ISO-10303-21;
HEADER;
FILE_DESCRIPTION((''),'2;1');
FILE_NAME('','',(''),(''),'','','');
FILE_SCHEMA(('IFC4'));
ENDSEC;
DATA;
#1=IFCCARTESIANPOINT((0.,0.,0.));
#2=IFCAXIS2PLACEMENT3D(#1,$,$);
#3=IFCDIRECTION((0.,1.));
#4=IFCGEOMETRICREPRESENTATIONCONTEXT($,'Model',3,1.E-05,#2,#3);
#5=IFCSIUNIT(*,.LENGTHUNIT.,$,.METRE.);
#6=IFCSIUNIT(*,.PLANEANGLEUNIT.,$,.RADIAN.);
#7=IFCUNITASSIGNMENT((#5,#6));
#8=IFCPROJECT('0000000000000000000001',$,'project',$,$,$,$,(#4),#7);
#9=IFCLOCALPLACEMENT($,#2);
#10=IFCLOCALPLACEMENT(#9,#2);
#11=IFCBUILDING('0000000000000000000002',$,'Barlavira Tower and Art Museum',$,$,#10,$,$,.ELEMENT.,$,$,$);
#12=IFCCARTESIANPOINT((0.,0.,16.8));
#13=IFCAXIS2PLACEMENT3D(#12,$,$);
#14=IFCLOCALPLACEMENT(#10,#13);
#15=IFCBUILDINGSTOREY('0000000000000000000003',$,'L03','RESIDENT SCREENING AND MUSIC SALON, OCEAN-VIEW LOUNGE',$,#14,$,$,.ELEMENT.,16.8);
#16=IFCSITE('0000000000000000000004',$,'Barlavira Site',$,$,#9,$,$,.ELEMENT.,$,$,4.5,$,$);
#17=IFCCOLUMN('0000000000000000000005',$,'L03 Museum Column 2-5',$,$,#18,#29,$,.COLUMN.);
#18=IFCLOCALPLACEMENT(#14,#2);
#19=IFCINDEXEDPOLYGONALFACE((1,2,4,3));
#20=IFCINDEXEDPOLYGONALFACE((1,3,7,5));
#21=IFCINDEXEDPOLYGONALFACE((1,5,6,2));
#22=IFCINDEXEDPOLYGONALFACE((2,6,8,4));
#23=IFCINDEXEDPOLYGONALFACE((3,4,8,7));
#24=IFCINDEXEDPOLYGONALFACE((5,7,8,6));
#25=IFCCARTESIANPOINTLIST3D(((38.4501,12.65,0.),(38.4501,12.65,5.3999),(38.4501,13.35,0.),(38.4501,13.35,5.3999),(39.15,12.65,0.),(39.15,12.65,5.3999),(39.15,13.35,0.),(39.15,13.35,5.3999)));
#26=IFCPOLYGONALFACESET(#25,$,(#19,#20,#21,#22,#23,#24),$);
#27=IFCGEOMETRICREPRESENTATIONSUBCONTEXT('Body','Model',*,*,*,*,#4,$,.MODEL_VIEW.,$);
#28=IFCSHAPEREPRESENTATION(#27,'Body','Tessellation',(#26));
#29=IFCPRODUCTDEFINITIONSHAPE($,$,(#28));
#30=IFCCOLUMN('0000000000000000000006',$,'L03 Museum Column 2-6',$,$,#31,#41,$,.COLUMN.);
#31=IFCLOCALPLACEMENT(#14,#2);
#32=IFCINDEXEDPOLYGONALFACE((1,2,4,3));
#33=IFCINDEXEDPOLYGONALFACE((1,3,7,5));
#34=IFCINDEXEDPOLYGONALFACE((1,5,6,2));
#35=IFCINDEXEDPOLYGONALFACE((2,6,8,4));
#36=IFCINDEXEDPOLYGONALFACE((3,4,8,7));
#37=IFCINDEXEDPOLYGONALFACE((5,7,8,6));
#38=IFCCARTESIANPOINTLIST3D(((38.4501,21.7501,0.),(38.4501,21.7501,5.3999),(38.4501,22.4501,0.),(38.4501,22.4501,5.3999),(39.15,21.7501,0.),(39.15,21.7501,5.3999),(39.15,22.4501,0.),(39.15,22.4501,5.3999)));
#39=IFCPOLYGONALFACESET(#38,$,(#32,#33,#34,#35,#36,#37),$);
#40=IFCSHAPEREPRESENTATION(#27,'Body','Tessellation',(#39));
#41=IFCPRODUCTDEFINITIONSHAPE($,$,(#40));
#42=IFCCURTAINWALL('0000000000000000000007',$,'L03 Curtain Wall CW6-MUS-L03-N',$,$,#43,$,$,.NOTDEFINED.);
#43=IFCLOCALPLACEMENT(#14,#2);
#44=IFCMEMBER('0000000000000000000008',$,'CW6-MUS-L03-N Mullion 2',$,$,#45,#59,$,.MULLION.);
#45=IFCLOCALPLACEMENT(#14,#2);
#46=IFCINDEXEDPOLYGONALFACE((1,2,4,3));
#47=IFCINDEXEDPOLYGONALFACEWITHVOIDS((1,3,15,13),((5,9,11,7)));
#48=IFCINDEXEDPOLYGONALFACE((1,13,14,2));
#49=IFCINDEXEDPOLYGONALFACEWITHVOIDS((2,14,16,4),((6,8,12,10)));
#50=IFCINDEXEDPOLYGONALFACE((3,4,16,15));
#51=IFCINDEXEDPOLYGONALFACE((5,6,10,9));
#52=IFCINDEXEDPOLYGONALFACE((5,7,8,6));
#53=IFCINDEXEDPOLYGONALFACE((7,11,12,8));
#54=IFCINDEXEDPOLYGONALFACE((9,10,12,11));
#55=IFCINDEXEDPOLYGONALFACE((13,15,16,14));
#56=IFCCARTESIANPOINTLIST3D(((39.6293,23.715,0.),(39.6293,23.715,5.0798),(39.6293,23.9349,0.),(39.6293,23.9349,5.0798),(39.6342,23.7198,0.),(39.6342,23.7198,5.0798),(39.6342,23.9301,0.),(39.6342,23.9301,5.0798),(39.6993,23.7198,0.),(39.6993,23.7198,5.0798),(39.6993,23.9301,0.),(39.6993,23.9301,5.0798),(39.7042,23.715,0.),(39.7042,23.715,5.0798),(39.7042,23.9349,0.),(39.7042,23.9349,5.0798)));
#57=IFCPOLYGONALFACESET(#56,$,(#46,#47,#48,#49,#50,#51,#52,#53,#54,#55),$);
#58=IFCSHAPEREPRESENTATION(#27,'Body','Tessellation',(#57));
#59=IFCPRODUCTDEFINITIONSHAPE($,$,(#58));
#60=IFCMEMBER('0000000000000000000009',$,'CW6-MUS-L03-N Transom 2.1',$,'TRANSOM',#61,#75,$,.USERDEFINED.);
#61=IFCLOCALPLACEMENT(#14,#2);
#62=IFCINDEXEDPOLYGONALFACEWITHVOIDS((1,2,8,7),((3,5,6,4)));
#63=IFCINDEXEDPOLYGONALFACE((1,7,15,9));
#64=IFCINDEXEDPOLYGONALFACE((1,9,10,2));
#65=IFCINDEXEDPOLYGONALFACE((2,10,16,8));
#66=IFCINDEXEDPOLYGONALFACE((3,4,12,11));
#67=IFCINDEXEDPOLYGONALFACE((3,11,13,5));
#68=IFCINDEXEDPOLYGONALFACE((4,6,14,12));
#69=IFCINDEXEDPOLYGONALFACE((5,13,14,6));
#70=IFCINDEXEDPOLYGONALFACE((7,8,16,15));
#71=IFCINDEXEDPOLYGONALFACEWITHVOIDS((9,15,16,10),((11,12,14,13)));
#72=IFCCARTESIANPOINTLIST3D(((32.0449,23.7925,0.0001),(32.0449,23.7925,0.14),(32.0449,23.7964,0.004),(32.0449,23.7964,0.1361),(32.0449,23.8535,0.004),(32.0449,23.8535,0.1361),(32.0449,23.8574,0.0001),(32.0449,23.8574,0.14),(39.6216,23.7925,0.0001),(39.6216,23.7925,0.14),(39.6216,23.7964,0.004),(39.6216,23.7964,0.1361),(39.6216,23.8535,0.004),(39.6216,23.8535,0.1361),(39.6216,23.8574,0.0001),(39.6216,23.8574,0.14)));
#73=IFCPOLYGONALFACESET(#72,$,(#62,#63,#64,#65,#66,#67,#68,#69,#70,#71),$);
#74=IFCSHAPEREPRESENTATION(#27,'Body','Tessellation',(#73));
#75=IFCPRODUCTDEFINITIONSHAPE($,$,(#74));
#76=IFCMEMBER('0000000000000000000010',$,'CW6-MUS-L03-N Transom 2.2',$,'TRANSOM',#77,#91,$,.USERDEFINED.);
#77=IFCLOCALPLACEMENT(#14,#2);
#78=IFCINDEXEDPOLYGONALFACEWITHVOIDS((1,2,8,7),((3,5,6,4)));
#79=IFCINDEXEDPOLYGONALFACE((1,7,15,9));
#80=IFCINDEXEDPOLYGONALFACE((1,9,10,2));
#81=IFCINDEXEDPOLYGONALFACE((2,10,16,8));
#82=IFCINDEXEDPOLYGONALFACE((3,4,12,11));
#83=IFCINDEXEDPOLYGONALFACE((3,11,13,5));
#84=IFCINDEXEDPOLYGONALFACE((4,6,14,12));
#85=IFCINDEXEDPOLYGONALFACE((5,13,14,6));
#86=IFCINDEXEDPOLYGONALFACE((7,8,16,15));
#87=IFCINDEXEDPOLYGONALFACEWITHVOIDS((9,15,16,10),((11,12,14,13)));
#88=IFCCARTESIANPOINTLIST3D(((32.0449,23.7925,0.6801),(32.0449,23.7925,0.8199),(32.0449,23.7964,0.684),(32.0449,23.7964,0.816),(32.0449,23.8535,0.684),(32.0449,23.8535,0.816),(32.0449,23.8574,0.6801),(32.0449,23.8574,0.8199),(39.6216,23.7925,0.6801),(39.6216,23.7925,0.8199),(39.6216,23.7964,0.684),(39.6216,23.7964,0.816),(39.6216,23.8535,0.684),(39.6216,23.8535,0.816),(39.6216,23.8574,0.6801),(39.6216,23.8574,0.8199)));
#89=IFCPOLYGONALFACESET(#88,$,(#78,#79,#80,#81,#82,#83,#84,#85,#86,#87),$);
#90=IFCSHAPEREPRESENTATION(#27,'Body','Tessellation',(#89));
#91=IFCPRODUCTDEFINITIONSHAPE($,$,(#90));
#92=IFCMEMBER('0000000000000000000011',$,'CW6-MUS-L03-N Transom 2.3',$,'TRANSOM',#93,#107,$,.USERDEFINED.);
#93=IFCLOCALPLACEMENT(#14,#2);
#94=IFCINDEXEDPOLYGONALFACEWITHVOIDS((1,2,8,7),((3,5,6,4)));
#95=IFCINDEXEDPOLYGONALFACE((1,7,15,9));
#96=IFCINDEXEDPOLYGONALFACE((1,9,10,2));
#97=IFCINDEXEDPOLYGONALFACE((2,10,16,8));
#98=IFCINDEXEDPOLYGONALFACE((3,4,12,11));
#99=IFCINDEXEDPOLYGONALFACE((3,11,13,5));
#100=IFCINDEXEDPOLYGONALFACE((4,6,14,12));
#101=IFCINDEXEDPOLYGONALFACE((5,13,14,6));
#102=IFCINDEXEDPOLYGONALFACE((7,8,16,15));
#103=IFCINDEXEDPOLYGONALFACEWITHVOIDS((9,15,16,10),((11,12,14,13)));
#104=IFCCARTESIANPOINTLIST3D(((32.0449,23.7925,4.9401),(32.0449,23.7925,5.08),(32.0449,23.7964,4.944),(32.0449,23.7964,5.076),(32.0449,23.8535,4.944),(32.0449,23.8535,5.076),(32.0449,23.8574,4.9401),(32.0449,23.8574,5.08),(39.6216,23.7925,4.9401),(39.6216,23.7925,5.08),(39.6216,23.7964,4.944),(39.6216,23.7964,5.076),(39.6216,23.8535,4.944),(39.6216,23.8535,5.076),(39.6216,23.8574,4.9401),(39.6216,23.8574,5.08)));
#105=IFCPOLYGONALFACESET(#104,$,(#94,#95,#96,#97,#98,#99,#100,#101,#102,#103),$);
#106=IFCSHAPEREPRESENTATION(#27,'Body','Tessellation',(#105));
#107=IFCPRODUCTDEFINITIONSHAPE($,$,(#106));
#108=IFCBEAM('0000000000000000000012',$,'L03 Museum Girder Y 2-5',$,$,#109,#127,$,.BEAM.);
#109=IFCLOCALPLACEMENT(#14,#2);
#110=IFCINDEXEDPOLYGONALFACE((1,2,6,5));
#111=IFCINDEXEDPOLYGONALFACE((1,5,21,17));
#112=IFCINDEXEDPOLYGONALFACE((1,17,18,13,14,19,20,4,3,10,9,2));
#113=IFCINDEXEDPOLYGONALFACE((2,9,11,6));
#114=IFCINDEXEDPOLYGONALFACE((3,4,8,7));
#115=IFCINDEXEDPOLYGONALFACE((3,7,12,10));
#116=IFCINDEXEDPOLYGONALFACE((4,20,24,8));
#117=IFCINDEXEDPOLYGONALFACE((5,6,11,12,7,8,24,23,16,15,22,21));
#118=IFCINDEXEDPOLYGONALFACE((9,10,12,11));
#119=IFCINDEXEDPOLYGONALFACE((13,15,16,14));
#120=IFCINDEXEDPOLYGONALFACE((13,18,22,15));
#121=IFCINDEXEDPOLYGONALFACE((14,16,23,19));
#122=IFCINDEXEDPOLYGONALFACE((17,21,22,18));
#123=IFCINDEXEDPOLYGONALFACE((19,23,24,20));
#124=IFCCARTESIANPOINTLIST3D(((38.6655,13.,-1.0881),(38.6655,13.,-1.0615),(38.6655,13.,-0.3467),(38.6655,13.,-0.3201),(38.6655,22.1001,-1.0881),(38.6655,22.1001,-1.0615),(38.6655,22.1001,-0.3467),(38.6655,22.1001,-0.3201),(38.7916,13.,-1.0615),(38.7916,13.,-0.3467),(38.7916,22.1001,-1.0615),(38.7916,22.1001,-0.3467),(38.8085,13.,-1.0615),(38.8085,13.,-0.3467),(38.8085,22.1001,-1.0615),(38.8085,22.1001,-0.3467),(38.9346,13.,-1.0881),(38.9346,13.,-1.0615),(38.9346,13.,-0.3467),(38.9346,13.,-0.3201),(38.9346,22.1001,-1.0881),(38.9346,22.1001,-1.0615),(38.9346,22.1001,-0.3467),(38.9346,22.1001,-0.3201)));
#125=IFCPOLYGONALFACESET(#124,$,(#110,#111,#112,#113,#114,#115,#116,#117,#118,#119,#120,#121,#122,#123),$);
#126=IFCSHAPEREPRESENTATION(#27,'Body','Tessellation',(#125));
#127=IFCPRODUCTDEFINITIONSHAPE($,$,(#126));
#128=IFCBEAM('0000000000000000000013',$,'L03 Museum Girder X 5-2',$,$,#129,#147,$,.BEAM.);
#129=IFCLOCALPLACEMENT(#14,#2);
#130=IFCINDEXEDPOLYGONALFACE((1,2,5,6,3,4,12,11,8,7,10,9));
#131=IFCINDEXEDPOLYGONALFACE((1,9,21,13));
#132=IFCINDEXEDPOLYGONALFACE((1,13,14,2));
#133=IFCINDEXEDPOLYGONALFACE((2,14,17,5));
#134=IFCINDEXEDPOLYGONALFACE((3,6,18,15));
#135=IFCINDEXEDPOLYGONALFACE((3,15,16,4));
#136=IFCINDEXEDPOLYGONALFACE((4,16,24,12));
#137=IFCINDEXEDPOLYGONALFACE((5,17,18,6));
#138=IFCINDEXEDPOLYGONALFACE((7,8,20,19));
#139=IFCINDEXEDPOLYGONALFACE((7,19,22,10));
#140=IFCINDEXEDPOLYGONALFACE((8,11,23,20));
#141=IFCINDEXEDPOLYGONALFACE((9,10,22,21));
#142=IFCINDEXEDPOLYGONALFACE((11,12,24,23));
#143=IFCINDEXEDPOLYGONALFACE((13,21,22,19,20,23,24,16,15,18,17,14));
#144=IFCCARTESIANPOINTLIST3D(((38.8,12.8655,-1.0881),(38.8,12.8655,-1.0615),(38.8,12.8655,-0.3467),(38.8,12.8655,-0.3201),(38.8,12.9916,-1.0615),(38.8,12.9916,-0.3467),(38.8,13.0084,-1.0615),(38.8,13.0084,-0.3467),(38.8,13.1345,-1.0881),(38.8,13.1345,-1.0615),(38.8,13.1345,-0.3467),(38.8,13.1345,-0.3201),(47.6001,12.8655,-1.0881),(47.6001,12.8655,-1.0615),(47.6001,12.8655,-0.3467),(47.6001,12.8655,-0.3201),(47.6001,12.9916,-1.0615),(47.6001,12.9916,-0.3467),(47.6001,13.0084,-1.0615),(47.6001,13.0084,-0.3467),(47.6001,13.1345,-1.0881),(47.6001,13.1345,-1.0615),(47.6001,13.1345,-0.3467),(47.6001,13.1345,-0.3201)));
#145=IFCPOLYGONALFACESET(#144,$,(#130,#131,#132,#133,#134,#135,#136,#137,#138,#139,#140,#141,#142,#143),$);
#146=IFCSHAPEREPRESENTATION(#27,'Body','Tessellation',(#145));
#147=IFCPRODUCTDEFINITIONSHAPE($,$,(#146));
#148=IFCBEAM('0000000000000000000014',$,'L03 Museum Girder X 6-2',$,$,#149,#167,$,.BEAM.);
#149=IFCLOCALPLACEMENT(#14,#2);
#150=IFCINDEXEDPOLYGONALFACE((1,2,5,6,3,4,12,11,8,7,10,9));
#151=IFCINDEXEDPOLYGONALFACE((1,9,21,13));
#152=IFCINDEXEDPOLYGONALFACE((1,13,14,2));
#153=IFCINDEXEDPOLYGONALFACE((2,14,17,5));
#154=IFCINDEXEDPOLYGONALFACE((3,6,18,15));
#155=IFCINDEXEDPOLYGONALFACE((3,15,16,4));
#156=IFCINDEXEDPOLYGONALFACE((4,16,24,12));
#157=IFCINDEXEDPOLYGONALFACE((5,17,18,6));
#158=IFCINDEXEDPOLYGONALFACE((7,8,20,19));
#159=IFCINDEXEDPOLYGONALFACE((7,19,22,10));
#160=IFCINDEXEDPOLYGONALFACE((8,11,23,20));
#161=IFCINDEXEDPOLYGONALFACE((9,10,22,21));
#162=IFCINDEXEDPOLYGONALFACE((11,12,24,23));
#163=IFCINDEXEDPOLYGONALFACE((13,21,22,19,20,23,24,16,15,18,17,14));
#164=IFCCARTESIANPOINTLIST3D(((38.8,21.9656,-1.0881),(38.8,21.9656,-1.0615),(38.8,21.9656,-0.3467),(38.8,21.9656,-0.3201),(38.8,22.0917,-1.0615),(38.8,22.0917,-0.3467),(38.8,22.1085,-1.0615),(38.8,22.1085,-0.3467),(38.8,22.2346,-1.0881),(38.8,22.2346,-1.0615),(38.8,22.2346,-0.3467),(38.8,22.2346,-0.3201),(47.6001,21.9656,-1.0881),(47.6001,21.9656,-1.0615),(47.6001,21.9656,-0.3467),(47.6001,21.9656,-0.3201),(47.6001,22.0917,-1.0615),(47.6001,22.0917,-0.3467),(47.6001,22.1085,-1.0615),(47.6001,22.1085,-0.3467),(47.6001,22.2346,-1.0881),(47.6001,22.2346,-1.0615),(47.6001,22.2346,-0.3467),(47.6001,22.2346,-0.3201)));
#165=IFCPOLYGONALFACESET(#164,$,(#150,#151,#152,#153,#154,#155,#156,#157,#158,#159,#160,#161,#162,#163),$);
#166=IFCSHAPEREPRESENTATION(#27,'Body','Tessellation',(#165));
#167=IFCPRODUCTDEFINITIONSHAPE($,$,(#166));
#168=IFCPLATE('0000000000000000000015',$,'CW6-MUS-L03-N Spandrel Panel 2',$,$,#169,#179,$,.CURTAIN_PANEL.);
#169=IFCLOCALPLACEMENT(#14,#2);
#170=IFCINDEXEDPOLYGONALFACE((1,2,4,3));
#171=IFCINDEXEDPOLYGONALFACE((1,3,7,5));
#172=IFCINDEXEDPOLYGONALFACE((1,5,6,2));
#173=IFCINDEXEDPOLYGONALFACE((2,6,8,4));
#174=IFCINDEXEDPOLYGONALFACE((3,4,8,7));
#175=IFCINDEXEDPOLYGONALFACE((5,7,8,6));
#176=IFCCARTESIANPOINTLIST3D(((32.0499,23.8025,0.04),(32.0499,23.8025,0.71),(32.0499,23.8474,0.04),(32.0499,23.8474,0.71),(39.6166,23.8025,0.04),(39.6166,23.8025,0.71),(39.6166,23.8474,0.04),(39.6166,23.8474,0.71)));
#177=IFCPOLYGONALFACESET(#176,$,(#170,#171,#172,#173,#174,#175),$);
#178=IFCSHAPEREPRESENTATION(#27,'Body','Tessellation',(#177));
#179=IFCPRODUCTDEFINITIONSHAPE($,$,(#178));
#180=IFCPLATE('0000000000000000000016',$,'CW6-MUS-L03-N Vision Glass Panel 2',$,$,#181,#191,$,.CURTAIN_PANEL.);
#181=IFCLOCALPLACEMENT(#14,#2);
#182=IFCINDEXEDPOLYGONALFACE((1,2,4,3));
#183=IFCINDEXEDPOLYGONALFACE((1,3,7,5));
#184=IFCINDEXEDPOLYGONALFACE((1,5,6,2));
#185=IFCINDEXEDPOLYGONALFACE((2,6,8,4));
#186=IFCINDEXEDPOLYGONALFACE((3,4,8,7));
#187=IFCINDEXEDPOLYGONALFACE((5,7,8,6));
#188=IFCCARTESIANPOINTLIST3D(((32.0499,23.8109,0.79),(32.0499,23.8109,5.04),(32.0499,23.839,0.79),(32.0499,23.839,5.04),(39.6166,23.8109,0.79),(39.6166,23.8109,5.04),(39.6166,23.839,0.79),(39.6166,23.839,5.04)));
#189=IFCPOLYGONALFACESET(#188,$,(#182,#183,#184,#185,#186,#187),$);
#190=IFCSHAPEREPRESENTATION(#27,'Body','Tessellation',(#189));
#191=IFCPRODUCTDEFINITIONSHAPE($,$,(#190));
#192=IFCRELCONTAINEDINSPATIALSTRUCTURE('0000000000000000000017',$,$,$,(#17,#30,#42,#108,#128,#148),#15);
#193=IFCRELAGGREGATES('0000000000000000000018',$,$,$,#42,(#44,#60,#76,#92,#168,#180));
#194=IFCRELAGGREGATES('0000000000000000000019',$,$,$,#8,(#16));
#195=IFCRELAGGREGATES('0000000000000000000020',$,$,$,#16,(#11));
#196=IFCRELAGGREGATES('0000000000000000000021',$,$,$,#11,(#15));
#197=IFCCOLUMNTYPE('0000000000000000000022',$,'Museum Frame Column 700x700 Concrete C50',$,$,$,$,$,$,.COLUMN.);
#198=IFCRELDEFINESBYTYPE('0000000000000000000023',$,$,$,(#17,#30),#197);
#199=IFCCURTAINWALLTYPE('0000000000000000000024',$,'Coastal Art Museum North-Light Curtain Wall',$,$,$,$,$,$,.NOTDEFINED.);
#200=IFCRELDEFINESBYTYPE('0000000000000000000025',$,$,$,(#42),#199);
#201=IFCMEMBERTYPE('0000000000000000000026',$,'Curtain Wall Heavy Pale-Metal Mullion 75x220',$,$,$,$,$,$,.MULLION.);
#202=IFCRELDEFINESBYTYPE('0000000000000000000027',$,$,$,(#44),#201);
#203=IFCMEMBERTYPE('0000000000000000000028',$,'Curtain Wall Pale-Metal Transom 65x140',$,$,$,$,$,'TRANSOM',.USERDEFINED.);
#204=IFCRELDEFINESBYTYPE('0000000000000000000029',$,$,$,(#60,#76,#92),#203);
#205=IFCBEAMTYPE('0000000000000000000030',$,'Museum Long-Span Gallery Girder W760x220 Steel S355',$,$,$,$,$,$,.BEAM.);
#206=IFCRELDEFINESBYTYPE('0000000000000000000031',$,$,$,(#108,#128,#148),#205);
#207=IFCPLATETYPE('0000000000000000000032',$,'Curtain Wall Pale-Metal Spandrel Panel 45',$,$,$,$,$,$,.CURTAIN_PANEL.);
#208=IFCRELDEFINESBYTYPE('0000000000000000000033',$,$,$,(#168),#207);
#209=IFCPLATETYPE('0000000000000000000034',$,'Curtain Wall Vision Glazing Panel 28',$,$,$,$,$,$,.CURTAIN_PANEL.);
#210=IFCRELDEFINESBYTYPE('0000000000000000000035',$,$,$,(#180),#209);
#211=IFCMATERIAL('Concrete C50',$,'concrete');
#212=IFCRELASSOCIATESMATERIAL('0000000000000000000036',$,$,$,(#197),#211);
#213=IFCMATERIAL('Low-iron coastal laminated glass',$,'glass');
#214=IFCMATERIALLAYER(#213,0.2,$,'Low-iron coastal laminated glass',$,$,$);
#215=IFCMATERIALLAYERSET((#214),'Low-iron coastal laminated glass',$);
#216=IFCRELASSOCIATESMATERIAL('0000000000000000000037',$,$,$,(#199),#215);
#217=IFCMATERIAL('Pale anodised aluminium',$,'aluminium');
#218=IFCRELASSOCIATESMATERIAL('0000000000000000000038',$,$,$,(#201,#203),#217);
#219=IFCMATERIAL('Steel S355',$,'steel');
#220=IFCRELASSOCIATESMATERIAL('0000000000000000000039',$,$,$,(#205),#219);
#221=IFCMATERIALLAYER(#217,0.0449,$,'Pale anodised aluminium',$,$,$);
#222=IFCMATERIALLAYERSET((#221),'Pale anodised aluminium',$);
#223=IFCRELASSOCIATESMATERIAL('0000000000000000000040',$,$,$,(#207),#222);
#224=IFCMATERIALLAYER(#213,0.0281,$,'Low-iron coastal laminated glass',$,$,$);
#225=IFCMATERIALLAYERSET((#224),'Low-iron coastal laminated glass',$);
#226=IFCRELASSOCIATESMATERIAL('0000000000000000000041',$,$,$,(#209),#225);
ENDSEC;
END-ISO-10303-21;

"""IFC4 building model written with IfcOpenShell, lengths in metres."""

from ifc_helpers import new_model, si_unit, direction, frame, origin, origin_2d, place, context, subcontext, project, spatial, rectangle, hollow_rectangle, i_section, extrude, material, layer, layer_set, material_profile, profile_set, type_object, element, aggregate, save


model = new_model("IFC4")

# Units and contexts
model_context = context("Model", 3, precision=1e-05, world=origin(), true_north=direction((0.0, 1.0)))
body_context = subcontext(model_context, "Body", "Model", "MODEL_VIEW")
ifc_project = project(units=[si_unit("LENGTHUNIT", "METRE"), si_unit("PLANEANGLEUNIT", "RADIAN")], contexts=[model_context])

# Site, building, storey
site_placement = place(None, origin())
site = spatial("IfcSite", under=ifc_project, at=site_placement, Name="Barlavira Site", CompositionType="ELEMENT", RefElevation=4.5)
building_placement = place(site_placement, origin())
building = spatial("IfcBuilding", under=site, at=building_placement, Name="Barlavira Tower and Art Museum", CompositionType="ELEMENT")
storey_placement = place(building_placement, frame((0.0, 0.0, 16.8)))
storey = spatial("IfcBuildingStorey", under=building, at=storey_placement, Name="L03", Description="RESIDENT SCREENING AND MUSIC SALON, OCEAN-VIEW LOUNGE", CompositionType="ELEMENT", Elevation=16.8)

# Columns
ifc_material_1 = material(Name="Concrete C50", Category="concrete")
ifc_material_profile_1 = material_profile(ifc_material_1, rectangle(XDim=0.7, YDim=0.7, at=origin_2d()), Name="RC-COL 700x700")
ifc_profile_set_1 = profile_set([ifc_material_profile_1], Name="Concrete C50")
column_type = type_object("IfcColumnType", Name="Museum Frame Column 700x700 Concrete C50", PredefinedType="COLUMN", material=ifc_profile_set_1)
for number, where, z_axis, x_axis, name in (
    (1, (38.8, 13.0, 0.0), (0.0, 0.0, 1.0), (1.0, 0.0, 0.0), "L03 Museum Column 2-5"),
    (2, (38.8, 22.1001, 0.0), (0.0, 0.0, 1.0), (1.0, 0.0, 0.0), "L03 Museum Column 2-6"),
):
    element("IfcColumn", number, at=place(storey_placement, frame(where, z_axis=z_axis, x_axis=x_axis)), inside=storey, type_object=column_type, Name=name, PredefinedType="COLUMN", context=body_context, shape_type="SweptSolid", body=[
        extrude(rectangle(XDim=0.7, YDim=0.7, at=origin_2d()), origin(), (0.0, 0.0, 1.0), 5.3999),
    ])

# Curtain wall, members
ifc_material_2 = material(Name="Low-iron coastal laminated glass", Category="glass")
ifc_layer_1 = layer(ifc_material_2, 0.2, Name="Low-iron coastal laminated glass")
ifc_layer_set_1 = layer_set([ifc_layer_1], Name="Low-iron coastal laminated glass")
curtain_wall_type = type_object("IfcCurtainWallType", Name="Coastal Art Museum North-Light Curtain Wall", PredefinedType="NOTDEFINED", material=ifc_layer_set_1)
curtain_wall_placement = place(storey_placement, origin())
curtain_wall = element("IfcCurtainWall", 3, at=curtain_wall_placement, inside=storey, type_object=curtain_wall_type, Name="L03 Curtain Wall CW6-MUS-L03-N", PredefinedType="NOTDEFINED")
ifc_material_3 = material(Name="Pale anodised aluminium", Category="aluminium")
ifc_material_profile_2 = material_profile(ifc_material_3, hollow_rectangle(XDim=0.075, YDim=0.22, WallThickness=0.0049, at=origin_2d()), Name="ALU-MULL 75x220x5")
ifc_profile_set_2 = profile_set([ifc_material_profile_2], Name="Pale anodised aluminium")
member_type_1 = type_object("IfcMemberType", Name="Curtain Wall Heavy Pale-Metal Mullion 75x220", PredefinedType="MULLION", material=ifc_profile_set_2)
member_1_placement = place(storey_placement, frame((39.6667, 23.825, 0.0), z_axis=(0.0, 0.0, 1.0), x_axis=(-1.0, 0.0, 0.0)))
member_1 = element("IfcMember", 4, at=member_1_placement, type_object=member_type_1, Name="CW6-MUS-L03-N Mullion 2", PredefinedType="MULLION", context=body_context, shape_type="SweptSolid", body=[
    extrude(hollow_rectangle(XDim=0.075, YDim=0.22, WallThickness=0.0049, at=origin_2d()), origin(), (0.0, 0.0, 1.0), 5.0798),
])
ifc_material_profile_3 = material_profile(ifc_material_3, hollow_rectangle(XDim=0.0649, YDim=0.1399, WallThickness=0.0039, at=origin_2d()), Name="ALU-TRAN 65x140x4")
ifc_profile_set_3 = profile_set([ifc_material_profile_3], Name="Pale anodised aluminium")
member_type_2 = type_object("IfcMemberType", Name="Curtain Wall Pale-Metal Transom 65x140", ElementType="TRANSOM", PredefinedType="USERDEFINED", material=ifc_profile_set_3)
member_2_placement = place(storey_placement, frame((39.6216, 23.825, 0.0701), z_axis=(-1.0, 0.0, 0.0), x_axis=(0.0, -1.0, 0.0)))
member_2 = element("IfcMember", 5, at=member_2_placement, type_object=member_type_2, Name="CW6-MUS-L03-N Transom 2.1", ObjectType="TRANSOM", PredefinedType="USERDEFINED", context=body_context, shape_type="SweptSolid", body=[
    extrude(hollow_rectangle(XDim=0.0649, YDim=0.1399, WallThickness=0.0039, at=origin_2d()), origin(), (0.0, 0.0, 1.0), 7.5767),
])
member_3_placement = place(storey_placement, frame((39.6216, 23.825, 0.75), z_axis=(-1.0, 0.0, 0.0), x_axis=(0.0, -1.0, 0.0)))
member_3 = element("IfcMember", 6, at=member_3_placement, type_object=member_type_2, Name="CW6-MUS-L03-N Transom 2.2", ObjectType="TRANSOM", PredefinedType="USERDEFINED", context=body_context, shape_type="SweptSolid", body=[
    extrude(hollow_rectangle(XDim=0.0649, YDim=0.1399, WallThickness=0.0039, at=origin_2d()), origin(), (0.0, 0.0, 1.0), 7.5767),
])
member_4_placement = place(storey_placement, frame((39.6216, 23.825, 5.01), z_axis=(-1.0, 0.0, 0.0), x_axis=(0.0, -1.0, 0.0)))
member_4 = element("IfcMember", 7, at=member_4_placement, type_object=member_type_2, Name="CW6-MUS-L03-N Transom 2.3", ObjectType="TRANSOM", PredefinedType="USERDEFINED", context=body_context, shape_type="SweptSolid", body=[
    extrude(hollow_rectangle(XDim=0.0649, YDim=0.1399, WallThickness=0.0039, at=origin_2d()), origin(), (0.0, 0.0, 1.0), 7.5767),
])

# Beams
ifc_material_4 = material(Name="Steel S355", Category="steel")
ifc_material_profile_4 = material_profile(ifc_material_4, i_section(OverallWidth=0.269, OverallDepth=0.7681, WebThickness=0.0168, FlangeThickness=0.0266, at=origin_2d()), Name="W760x220.0")
ifc_profile_set_4 = profile_set([ifc_material_profile_4], Name="Steel S355")
beam_type = type_object("IfcBeamType", Name="Museum Long-Span Gallery Girder W760x220 Steel S355", PredefinedType="BEAM", material=ifc_profile_set_4)
beam_placement = place(storey_placement, frame((38.8, 13.0, -0.7041), z_axis=(0.0, 1.0, 0.0), x_axis=(-1.0, 0.0, 0.0)))
element("IfcBeam", 8, at=beam_placement, inside=storey, type_object=beam_type, Name="L03 Museum Girder Y 2-5", PredefinedType="BEAM", context=body_context, shape_type="SweptSolid", body=[
    extrude(i_section(OverallWidth=0.269, OverallDepth=0.7681, WebThickness=0.0168, FlangeThickness=0.0266, at=origin_2d()), origin(), (0.0, 0.0, 1.0), 9.1001),
])
for number, where, z_axis, x_axis, name in (
    (9, (38.8, 13.0, -0.7041), (1.0, 0.0, 0.0), (0.0, 1.0, 0.0), "L03 Museum Girder X 5-2"),
    (10, (38.8, 22.1001, -0.7041), (1.0, 0.0, 0.0), (0.0, 1.0, 0.0), "L03 Museum Girder X 6-2"),
):
    element("IfcBeam", number, at=place(storey_placement, frame(where, z_axis=z_axis, x_axis=x_axis)), inside=storey, type_object=beam_type, Name=name, PredefinedType="BEAM", context=body_context, shape_type="SweptSolid", body=[
        extrude(i_section(OverallWidth=0.269, OverallDepth=0.7681, WebThickness=0.0168, FlangeThickness=0.0266, at=origin_2d()), origin(), (0.0, 0.0, 1.0), 8.8),
    ])

# Plates
ifc_layer_2 = layer(ifc_material_3, 0.0449, Name="Pale anodised aluminium")
ifc_layer_set_2 = layer_set([ifc_layer_2], Name="Pale anodised aluminium")
plate_type_1 = type_object("IfcPlateType", Name="Curtain Wall Pale-Metal Spandrel Panel 45", PredefinedType="CURTAIN_PANEL", material=ifc_layer_set_2)
plate_1_placement = place(storey_placement, frame((35.8333, 23.825, 0.04), z_axis=(0.0, 0.0, 1.0), x_axis=(-1.0, 0.0, 0.0)))
plate_1 = element("IfcPlate", 11, at=plate_1_placement, type_object=plate_type_1, Name="CW6-MUS-L03-N Spandrel Panel 2", PredefinedType="CURTAIN_PANEL", context=body_context, shape_type="SweptSolid", body=[
    extrude(rectangle(XDim=7.5667, YDim=0.0449, at=origin_2d()), origin(), (0.0, 0.0, 1.0), 0.6699),
])
ifc_layer_3 = layer(ifc_material_2, 0.0281, Name="Low-iron coastal laminated glass")
ifc_layer_set_3 = layer_set([ifc_layer_3], Name="Low-iron coastal laminated glass")
plate_type_2 = type_object("IfcPlateType", Name="Curtain Wall Vision Glazing Panel 28", PredefinedType="CURTAIN_PANEL", material=ifc_layer_set_3)
plate_2_placement = place(storey_placement, frame((35.8333, 23.825, 0.79), z_axis=(0.0, 0.0, 1.0), x_axis=(-1.0, 0.0, 0.0)))
plate_2 = element("IfcPlate", 12, at=plate_2_placement, type_object=plate_type_2, Name="CW6-MUS-L03-N Vision Glass Panel 2", PredefinedType="CURTAIN_PANEL", context=body_context, shape_type="SweptSolid", body=[
    extrude(rectangle(XDim=7.5667, YDim=0.0281, at=origin_2d()), origin(), (0.0, 0.0, 1.0), 4.25),
])
aggregate(curtain_wall, [member_1, member_2, member_3, member_4, plate_1, plate_2])

save(model, "model.ifc")
